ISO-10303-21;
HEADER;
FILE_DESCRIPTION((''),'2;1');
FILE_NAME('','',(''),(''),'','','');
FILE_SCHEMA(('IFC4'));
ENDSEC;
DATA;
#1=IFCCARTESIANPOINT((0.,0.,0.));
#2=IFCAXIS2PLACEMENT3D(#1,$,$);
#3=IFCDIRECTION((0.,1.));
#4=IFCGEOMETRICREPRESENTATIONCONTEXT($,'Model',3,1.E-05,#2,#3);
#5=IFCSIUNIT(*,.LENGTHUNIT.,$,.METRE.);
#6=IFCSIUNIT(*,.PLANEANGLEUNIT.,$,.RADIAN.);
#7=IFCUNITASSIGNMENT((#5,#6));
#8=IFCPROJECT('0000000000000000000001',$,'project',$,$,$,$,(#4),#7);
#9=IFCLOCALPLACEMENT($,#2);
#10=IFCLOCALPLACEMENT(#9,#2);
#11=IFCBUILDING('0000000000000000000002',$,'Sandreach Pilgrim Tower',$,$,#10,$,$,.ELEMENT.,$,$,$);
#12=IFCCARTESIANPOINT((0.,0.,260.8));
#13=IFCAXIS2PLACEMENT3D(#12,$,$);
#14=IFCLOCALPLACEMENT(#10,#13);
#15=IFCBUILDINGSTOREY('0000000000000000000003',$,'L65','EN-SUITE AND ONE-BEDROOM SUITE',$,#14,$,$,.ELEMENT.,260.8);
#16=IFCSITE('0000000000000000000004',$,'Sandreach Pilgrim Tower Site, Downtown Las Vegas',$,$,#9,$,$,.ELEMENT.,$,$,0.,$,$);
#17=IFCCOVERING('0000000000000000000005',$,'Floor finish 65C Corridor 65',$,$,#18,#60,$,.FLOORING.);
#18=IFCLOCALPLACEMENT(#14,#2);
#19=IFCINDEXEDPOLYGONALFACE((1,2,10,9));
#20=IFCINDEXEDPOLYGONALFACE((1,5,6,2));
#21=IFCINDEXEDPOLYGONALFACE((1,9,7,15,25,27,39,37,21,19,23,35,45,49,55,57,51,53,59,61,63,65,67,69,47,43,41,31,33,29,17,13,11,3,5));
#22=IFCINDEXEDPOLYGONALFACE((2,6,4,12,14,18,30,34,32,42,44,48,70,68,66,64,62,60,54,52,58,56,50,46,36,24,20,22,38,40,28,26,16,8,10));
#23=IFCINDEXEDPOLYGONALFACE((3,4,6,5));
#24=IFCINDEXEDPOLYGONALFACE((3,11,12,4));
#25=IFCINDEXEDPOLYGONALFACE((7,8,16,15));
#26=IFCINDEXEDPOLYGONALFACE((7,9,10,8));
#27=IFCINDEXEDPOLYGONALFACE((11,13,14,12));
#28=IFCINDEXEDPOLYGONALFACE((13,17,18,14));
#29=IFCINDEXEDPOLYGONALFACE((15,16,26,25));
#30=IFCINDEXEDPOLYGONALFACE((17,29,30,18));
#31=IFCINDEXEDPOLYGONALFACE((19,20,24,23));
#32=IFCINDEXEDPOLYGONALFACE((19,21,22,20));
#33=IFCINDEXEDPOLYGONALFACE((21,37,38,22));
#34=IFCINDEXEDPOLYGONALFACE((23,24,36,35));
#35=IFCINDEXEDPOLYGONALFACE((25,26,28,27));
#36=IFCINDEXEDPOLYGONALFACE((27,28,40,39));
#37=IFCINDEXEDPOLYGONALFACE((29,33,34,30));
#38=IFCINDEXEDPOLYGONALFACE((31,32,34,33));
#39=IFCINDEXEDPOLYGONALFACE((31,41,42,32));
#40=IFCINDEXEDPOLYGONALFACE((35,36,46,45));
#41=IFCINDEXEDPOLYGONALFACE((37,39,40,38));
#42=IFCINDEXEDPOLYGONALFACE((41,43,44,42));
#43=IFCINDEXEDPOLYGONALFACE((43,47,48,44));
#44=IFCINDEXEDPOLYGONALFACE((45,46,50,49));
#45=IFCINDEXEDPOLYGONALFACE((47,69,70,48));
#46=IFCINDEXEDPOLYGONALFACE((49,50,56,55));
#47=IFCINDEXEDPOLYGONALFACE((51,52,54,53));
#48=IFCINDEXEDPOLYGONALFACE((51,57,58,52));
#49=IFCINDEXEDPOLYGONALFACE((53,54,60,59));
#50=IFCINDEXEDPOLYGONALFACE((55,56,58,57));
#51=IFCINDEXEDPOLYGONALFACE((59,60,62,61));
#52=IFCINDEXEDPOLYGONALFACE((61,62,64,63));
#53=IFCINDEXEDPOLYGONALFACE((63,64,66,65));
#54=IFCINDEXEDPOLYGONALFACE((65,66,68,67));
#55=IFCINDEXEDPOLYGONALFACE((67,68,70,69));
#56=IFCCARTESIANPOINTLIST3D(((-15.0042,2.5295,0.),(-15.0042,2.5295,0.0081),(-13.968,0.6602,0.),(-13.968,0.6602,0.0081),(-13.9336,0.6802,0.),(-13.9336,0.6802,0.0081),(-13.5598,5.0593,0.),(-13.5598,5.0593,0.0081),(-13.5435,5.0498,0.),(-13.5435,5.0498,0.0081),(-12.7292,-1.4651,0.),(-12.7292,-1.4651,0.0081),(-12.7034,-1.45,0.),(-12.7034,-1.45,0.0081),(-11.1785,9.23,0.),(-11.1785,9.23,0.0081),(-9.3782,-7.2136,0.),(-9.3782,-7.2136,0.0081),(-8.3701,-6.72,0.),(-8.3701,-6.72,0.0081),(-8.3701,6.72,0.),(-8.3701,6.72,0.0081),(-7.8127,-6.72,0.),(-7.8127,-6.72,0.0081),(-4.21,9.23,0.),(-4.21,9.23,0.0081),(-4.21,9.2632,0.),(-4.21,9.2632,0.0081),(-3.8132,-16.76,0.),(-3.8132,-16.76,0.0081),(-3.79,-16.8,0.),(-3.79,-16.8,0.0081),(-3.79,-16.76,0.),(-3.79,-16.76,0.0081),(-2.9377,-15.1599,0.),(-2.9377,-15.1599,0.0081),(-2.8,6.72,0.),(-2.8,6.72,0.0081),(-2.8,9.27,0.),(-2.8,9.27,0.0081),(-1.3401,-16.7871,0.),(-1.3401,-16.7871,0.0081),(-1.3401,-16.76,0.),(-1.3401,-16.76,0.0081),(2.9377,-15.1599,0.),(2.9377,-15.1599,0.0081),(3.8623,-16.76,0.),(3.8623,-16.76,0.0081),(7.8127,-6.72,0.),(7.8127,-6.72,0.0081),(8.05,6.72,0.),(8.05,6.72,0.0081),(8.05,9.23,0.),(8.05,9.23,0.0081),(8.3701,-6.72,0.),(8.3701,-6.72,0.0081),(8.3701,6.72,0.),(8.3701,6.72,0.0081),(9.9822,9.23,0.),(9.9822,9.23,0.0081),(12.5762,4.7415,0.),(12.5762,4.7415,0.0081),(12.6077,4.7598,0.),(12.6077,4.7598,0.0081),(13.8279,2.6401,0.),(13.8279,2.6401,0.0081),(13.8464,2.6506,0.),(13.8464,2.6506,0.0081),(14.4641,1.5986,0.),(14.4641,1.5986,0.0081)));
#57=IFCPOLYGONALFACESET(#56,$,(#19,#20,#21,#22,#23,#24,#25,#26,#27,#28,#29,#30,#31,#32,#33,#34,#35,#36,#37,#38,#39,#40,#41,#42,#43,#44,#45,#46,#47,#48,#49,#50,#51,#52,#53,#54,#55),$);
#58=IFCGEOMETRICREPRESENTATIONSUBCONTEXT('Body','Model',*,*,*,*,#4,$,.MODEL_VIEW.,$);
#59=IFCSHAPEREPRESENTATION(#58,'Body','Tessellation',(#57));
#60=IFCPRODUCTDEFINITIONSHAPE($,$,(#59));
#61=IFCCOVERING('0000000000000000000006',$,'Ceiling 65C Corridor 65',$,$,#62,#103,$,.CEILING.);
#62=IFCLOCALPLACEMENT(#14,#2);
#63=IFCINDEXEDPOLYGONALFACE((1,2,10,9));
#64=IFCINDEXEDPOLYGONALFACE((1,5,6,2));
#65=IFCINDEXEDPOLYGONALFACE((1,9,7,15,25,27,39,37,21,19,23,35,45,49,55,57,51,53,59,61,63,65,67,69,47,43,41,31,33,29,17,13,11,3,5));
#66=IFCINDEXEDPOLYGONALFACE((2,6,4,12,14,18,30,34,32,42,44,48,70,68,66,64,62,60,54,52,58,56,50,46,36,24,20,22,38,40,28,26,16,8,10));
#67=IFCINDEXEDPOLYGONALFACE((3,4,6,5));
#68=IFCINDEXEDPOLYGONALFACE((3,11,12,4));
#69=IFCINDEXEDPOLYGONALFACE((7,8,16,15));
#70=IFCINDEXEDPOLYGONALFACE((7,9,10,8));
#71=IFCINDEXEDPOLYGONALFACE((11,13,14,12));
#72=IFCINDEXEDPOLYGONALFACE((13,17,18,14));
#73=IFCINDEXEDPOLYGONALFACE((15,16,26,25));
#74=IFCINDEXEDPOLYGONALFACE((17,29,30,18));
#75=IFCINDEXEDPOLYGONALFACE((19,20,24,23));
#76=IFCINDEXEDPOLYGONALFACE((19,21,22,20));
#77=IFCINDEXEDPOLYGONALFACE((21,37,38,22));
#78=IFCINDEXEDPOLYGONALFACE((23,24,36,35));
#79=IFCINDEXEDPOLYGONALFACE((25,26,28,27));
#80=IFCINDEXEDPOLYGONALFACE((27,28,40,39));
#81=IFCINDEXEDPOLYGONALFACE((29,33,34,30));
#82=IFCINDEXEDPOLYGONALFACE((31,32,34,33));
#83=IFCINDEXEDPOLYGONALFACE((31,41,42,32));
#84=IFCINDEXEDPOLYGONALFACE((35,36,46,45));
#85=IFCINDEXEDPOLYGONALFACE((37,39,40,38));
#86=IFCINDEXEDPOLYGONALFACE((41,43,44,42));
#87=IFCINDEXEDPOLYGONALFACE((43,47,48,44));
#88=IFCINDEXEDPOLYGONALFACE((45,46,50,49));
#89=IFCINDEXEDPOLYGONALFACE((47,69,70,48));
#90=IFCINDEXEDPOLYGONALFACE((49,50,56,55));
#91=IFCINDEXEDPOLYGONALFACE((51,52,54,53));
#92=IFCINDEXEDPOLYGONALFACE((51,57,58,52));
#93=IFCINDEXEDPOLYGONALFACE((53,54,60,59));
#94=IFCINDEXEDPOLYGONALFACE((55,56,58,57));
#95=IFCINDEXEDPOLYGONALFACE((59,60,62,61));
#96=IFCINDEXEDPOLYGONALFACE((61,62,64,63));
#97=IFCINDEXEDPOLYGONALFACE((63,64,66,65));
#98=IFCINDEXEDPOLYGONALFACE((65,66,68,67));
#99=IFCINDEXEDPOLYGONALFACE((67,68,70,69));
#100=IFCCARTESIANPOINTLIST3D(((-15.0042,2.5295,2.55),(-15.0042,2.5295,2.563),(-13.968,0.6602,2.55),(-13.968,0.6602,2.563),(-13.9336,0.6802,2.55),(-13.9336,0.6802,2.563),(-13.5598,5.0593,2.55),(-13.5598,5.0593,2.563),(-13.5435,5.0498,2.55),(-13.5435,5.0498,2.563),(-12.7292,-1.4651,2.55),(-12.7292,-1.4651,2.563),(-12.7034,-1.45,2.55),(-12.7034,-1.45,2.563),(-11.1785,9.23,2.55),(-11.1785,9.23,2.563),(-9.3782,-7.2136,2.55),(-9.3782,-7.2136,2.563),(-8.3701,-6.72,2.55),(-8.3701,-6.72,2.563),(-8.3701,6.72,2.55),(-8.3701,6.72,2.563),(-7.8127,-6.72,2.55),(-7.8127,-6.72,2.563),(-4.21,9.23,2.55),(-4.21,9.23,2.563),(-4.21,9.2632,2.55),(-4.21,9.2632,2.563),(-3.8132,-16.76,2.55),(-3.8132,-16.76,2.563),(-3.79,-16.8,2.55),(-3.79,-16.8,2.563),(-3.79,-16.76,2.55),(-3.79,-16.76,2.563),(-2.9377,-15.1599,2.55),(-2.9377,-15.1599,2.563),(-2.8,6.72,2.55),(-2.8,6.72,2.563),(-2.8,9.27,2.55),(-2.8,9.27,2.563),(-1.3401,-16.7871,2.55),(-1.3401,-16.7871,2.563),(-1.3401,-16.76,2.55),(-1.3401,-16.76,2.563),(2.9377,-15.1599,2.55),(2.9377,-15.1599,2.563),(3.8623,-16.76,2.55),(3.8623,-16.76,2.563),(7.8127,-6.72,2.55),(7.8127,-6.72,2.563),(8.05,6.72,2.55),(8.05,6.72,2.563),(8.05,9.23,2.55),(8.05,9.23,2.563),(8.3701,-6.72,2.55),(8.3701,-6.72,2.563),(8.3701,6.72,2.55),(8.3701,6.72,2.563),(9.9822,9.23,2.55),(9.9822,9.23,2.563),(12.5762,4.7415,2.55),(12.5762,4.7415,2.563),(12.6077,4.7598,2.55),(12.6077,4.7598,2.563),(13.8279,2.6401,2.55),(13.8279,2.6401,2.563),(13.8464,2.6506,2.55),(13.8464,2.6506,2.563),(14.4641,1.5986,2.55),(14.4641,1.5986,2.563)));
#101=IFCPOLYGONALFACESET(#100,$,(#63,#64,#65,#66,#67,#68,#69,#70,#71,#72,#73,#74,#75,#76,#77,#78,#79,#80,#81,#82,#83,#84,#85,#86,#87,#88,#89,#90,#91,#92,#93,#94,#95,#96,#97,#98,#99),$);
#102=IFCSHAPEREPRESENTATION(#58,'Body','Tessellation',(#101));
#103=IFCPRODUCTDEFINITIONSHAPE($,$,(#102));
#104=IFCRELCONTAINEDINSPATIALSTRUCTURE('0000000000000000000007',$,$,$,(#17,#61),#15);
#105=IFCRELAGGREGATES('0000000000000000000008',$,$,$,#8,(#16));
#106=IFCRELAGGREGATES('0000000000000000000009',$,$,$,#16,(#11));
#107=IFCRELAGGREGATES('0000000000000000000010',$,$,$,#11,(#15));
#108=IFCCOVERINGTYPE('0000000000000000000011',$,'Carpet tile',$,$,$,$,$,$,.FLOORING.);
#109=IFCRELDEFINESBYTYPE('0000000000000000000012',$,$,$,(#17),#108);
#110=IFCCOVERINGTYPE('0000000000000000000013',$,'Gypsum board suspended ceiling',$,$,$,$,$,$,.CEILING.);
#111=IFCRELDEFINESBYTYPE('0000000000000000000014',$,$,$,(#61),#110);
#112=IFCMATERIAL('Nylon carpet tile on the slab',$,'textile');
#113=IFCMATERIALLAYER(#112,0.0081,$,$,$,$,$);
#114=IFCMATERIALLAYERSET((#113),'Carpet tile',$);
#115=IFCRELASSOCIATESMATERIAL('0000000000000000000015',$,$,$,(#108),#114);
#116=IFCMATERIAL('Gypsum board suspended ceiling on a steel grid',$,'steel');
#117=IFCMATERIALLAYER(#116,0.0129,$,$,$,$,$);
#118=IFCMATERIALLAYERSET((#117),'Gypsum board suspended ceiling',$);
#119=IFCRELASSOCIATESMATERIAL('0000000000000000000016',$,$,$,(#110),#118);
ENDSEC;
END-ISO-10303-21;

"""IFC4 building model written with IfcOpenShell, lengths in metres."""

from ifc_helpers import new_model, si_unit, direction, frame, origin, place, context, subcontext, project, spatial, polyline, outline, extrude, material, layer, layer_set, type_object, element, save


model = new_model("IFC4")

# Units and contexts
model_context = context("Model", 3, precision=1e-05, world=origin(), true_north=direction((0.0, 1.0)))
body_context = subcontext(model_context, "Body", "Model", "MODEL_VIEW")
ifc_project = project(units=[si_unit("LENGTHUNIT", "METRE"), si_unit("PLANEANGLEUNIT", "RADIAN")], contexts=[model_context])

# Site, building, storey
site_placement = place(None, origin())
site = spatial("IfcSite", under=ifc_project, at=site_placement, Name="Sandreach Pilgrim Tower Site, Downtown Las Vegas", CompositionType="ELEMENT", RefElevation=0.0)
building_placement = place(site_placement, origin())
building = spatial("IfcBuilding", under=site, at=building_placement, Name="Sandreach Pilgrim Tower", CompositionType="ELEMENT")
storey_placement = place(building_placement, frame((0.0, 0.0, 260.8)))
storey = spatial("IfcBuildingStorey", under=building, at=storey_placement, Name="L65", Description="EN-SUITE AND ONE-BEDROOM SUITE", CompositionType="ELEMENT", Elevation=260.8)

# Coverings
ifc_material_1 = material(Name="Nylon carpet tile on the slab", Category="textile")
ifc_layer_1 = layer(ifc_material_1, 0.0081)
ifc_layer_set_1 = layer_set([ifc_layer_1], Name="Carpet tile")
covering_type_1 = type_object("IfcCoveringType", Name="Carpet tile", PredefinedType="FLOORING", material=ifc_layer_set_1)
covering_1_placement = place(storey_placement, origin())
element("IfcCovering", 1, at=covering_1_placement, inside=storey, type_object=covering_type_1, Name="Floor finish 65C Corridor 65", PredefinedType="FLOORING", context=body_context, shape_type="SweptSolid", body=[
    extrude(outline(polyline([(-15.0042, 2.5295), (-13.5435, 5.0498), (-13.5598, 5.0593), (-11.1785, 9.23), (-4.21, 9.23), (-4.21, 9.2632), (-2.8, 9.27), (-2.8, 6.72), (-8.3701, 6.72), (-8.3701, -6.72), (-7.8127, -6.72), (-2.9377, -15.1599), (2.9377, -15.1599), (7.8127, -6.72), (8.3701, -6.72), (8.3701, 6.72), (8.05, 6.72), (8.05, 9.23), (9.9822, 9.23), (12.5762, 4.7415), (12.6077, 4.7598), (13.8279, 2.6401), (13.8464, 2.6506), (14.4641, 1.5986), (3.8623, -16.76), (-1.3401, -16.76), (-1.3401, -16.7871), (-3.79, -16.8), (-3.79, -16.76), (-3.8132, -16.76), (-9.3782, -7.2136), (-12.7034, -1.45), (-12.7292, -1.4651), (-13.968, 0.6602), (-13.9336, 0.6802), (-15.0042, 2.5295)])), origin(), (0.0, 0.0, 1.0), 0.0081),
])
ifc_material_2 = material(Name="Gypsum board suspended ceiling on a steel grid", Category="steel")
ifc_layer_2 = layer(ifc_material_2, 0.0129)
ifc_layer_set_2 = layer_set([ifc_layer_2], Name="Gypsum board suspended ceiling")
covering_type_2 = type_object("IfcCoveringType", Name="Gypsum board suspended ceiling", PredefinedType="CEILING", material=ifc_layer_set_2)
covering_2_placement = place(storey_placement, frame((0.0, 0.0, 2.55)))
element("IfcCovering", 2, at=covering_2_placement, inside=storey, type_object=covering_type_2, Name="Ceiling 65C Corridor 65", PredefinedType="CEILING", context=body_context, shape_type="SweptSolid", body=[
    extrude(outline(polyline([(-15.0042, 2.5295), (-13.5435, 5.0498), (-13.5598, 5.0593), (-11.1785, 9.23), (-4.21, 9.23), (-4.21, 9.2632), (-2.8, 9.27), (-2.8, 6.72), (-8.3701, 6.72), (-8.3701, -6.72), (-7.8127, -6.72), (-2.9377, -15.1599), (2.9377, -15.1599), (7.8127, -6.72), (8.3701, -6.72), (8.3701, 6.72), (8.05, 6.72), (8.05, 9.23), (9.9822, 9.23), (12.5762, 4.7415), (12.6077, 4.7598), (13.8279, 2.6401), (13.8464, 2.6506), (14.4641, 1.5986), (3.8623, -16.76), (-1.3401, -16.76), (-1.3401, -16.7871), (-3.79, -16.8), (-3.79, -16.76), (-3.8132, -16.76), (-9.3782, -7.2136), (-12.7034, -1.45), (-12.7292, -1.4651), (-13.968, 0.6602), (-13.9336, 0.6802), (-15.0042, 2.5295)])), origin(), (0.0, 0.0, 1.0), 0.0129),
])

save(model, "model.ifc")
